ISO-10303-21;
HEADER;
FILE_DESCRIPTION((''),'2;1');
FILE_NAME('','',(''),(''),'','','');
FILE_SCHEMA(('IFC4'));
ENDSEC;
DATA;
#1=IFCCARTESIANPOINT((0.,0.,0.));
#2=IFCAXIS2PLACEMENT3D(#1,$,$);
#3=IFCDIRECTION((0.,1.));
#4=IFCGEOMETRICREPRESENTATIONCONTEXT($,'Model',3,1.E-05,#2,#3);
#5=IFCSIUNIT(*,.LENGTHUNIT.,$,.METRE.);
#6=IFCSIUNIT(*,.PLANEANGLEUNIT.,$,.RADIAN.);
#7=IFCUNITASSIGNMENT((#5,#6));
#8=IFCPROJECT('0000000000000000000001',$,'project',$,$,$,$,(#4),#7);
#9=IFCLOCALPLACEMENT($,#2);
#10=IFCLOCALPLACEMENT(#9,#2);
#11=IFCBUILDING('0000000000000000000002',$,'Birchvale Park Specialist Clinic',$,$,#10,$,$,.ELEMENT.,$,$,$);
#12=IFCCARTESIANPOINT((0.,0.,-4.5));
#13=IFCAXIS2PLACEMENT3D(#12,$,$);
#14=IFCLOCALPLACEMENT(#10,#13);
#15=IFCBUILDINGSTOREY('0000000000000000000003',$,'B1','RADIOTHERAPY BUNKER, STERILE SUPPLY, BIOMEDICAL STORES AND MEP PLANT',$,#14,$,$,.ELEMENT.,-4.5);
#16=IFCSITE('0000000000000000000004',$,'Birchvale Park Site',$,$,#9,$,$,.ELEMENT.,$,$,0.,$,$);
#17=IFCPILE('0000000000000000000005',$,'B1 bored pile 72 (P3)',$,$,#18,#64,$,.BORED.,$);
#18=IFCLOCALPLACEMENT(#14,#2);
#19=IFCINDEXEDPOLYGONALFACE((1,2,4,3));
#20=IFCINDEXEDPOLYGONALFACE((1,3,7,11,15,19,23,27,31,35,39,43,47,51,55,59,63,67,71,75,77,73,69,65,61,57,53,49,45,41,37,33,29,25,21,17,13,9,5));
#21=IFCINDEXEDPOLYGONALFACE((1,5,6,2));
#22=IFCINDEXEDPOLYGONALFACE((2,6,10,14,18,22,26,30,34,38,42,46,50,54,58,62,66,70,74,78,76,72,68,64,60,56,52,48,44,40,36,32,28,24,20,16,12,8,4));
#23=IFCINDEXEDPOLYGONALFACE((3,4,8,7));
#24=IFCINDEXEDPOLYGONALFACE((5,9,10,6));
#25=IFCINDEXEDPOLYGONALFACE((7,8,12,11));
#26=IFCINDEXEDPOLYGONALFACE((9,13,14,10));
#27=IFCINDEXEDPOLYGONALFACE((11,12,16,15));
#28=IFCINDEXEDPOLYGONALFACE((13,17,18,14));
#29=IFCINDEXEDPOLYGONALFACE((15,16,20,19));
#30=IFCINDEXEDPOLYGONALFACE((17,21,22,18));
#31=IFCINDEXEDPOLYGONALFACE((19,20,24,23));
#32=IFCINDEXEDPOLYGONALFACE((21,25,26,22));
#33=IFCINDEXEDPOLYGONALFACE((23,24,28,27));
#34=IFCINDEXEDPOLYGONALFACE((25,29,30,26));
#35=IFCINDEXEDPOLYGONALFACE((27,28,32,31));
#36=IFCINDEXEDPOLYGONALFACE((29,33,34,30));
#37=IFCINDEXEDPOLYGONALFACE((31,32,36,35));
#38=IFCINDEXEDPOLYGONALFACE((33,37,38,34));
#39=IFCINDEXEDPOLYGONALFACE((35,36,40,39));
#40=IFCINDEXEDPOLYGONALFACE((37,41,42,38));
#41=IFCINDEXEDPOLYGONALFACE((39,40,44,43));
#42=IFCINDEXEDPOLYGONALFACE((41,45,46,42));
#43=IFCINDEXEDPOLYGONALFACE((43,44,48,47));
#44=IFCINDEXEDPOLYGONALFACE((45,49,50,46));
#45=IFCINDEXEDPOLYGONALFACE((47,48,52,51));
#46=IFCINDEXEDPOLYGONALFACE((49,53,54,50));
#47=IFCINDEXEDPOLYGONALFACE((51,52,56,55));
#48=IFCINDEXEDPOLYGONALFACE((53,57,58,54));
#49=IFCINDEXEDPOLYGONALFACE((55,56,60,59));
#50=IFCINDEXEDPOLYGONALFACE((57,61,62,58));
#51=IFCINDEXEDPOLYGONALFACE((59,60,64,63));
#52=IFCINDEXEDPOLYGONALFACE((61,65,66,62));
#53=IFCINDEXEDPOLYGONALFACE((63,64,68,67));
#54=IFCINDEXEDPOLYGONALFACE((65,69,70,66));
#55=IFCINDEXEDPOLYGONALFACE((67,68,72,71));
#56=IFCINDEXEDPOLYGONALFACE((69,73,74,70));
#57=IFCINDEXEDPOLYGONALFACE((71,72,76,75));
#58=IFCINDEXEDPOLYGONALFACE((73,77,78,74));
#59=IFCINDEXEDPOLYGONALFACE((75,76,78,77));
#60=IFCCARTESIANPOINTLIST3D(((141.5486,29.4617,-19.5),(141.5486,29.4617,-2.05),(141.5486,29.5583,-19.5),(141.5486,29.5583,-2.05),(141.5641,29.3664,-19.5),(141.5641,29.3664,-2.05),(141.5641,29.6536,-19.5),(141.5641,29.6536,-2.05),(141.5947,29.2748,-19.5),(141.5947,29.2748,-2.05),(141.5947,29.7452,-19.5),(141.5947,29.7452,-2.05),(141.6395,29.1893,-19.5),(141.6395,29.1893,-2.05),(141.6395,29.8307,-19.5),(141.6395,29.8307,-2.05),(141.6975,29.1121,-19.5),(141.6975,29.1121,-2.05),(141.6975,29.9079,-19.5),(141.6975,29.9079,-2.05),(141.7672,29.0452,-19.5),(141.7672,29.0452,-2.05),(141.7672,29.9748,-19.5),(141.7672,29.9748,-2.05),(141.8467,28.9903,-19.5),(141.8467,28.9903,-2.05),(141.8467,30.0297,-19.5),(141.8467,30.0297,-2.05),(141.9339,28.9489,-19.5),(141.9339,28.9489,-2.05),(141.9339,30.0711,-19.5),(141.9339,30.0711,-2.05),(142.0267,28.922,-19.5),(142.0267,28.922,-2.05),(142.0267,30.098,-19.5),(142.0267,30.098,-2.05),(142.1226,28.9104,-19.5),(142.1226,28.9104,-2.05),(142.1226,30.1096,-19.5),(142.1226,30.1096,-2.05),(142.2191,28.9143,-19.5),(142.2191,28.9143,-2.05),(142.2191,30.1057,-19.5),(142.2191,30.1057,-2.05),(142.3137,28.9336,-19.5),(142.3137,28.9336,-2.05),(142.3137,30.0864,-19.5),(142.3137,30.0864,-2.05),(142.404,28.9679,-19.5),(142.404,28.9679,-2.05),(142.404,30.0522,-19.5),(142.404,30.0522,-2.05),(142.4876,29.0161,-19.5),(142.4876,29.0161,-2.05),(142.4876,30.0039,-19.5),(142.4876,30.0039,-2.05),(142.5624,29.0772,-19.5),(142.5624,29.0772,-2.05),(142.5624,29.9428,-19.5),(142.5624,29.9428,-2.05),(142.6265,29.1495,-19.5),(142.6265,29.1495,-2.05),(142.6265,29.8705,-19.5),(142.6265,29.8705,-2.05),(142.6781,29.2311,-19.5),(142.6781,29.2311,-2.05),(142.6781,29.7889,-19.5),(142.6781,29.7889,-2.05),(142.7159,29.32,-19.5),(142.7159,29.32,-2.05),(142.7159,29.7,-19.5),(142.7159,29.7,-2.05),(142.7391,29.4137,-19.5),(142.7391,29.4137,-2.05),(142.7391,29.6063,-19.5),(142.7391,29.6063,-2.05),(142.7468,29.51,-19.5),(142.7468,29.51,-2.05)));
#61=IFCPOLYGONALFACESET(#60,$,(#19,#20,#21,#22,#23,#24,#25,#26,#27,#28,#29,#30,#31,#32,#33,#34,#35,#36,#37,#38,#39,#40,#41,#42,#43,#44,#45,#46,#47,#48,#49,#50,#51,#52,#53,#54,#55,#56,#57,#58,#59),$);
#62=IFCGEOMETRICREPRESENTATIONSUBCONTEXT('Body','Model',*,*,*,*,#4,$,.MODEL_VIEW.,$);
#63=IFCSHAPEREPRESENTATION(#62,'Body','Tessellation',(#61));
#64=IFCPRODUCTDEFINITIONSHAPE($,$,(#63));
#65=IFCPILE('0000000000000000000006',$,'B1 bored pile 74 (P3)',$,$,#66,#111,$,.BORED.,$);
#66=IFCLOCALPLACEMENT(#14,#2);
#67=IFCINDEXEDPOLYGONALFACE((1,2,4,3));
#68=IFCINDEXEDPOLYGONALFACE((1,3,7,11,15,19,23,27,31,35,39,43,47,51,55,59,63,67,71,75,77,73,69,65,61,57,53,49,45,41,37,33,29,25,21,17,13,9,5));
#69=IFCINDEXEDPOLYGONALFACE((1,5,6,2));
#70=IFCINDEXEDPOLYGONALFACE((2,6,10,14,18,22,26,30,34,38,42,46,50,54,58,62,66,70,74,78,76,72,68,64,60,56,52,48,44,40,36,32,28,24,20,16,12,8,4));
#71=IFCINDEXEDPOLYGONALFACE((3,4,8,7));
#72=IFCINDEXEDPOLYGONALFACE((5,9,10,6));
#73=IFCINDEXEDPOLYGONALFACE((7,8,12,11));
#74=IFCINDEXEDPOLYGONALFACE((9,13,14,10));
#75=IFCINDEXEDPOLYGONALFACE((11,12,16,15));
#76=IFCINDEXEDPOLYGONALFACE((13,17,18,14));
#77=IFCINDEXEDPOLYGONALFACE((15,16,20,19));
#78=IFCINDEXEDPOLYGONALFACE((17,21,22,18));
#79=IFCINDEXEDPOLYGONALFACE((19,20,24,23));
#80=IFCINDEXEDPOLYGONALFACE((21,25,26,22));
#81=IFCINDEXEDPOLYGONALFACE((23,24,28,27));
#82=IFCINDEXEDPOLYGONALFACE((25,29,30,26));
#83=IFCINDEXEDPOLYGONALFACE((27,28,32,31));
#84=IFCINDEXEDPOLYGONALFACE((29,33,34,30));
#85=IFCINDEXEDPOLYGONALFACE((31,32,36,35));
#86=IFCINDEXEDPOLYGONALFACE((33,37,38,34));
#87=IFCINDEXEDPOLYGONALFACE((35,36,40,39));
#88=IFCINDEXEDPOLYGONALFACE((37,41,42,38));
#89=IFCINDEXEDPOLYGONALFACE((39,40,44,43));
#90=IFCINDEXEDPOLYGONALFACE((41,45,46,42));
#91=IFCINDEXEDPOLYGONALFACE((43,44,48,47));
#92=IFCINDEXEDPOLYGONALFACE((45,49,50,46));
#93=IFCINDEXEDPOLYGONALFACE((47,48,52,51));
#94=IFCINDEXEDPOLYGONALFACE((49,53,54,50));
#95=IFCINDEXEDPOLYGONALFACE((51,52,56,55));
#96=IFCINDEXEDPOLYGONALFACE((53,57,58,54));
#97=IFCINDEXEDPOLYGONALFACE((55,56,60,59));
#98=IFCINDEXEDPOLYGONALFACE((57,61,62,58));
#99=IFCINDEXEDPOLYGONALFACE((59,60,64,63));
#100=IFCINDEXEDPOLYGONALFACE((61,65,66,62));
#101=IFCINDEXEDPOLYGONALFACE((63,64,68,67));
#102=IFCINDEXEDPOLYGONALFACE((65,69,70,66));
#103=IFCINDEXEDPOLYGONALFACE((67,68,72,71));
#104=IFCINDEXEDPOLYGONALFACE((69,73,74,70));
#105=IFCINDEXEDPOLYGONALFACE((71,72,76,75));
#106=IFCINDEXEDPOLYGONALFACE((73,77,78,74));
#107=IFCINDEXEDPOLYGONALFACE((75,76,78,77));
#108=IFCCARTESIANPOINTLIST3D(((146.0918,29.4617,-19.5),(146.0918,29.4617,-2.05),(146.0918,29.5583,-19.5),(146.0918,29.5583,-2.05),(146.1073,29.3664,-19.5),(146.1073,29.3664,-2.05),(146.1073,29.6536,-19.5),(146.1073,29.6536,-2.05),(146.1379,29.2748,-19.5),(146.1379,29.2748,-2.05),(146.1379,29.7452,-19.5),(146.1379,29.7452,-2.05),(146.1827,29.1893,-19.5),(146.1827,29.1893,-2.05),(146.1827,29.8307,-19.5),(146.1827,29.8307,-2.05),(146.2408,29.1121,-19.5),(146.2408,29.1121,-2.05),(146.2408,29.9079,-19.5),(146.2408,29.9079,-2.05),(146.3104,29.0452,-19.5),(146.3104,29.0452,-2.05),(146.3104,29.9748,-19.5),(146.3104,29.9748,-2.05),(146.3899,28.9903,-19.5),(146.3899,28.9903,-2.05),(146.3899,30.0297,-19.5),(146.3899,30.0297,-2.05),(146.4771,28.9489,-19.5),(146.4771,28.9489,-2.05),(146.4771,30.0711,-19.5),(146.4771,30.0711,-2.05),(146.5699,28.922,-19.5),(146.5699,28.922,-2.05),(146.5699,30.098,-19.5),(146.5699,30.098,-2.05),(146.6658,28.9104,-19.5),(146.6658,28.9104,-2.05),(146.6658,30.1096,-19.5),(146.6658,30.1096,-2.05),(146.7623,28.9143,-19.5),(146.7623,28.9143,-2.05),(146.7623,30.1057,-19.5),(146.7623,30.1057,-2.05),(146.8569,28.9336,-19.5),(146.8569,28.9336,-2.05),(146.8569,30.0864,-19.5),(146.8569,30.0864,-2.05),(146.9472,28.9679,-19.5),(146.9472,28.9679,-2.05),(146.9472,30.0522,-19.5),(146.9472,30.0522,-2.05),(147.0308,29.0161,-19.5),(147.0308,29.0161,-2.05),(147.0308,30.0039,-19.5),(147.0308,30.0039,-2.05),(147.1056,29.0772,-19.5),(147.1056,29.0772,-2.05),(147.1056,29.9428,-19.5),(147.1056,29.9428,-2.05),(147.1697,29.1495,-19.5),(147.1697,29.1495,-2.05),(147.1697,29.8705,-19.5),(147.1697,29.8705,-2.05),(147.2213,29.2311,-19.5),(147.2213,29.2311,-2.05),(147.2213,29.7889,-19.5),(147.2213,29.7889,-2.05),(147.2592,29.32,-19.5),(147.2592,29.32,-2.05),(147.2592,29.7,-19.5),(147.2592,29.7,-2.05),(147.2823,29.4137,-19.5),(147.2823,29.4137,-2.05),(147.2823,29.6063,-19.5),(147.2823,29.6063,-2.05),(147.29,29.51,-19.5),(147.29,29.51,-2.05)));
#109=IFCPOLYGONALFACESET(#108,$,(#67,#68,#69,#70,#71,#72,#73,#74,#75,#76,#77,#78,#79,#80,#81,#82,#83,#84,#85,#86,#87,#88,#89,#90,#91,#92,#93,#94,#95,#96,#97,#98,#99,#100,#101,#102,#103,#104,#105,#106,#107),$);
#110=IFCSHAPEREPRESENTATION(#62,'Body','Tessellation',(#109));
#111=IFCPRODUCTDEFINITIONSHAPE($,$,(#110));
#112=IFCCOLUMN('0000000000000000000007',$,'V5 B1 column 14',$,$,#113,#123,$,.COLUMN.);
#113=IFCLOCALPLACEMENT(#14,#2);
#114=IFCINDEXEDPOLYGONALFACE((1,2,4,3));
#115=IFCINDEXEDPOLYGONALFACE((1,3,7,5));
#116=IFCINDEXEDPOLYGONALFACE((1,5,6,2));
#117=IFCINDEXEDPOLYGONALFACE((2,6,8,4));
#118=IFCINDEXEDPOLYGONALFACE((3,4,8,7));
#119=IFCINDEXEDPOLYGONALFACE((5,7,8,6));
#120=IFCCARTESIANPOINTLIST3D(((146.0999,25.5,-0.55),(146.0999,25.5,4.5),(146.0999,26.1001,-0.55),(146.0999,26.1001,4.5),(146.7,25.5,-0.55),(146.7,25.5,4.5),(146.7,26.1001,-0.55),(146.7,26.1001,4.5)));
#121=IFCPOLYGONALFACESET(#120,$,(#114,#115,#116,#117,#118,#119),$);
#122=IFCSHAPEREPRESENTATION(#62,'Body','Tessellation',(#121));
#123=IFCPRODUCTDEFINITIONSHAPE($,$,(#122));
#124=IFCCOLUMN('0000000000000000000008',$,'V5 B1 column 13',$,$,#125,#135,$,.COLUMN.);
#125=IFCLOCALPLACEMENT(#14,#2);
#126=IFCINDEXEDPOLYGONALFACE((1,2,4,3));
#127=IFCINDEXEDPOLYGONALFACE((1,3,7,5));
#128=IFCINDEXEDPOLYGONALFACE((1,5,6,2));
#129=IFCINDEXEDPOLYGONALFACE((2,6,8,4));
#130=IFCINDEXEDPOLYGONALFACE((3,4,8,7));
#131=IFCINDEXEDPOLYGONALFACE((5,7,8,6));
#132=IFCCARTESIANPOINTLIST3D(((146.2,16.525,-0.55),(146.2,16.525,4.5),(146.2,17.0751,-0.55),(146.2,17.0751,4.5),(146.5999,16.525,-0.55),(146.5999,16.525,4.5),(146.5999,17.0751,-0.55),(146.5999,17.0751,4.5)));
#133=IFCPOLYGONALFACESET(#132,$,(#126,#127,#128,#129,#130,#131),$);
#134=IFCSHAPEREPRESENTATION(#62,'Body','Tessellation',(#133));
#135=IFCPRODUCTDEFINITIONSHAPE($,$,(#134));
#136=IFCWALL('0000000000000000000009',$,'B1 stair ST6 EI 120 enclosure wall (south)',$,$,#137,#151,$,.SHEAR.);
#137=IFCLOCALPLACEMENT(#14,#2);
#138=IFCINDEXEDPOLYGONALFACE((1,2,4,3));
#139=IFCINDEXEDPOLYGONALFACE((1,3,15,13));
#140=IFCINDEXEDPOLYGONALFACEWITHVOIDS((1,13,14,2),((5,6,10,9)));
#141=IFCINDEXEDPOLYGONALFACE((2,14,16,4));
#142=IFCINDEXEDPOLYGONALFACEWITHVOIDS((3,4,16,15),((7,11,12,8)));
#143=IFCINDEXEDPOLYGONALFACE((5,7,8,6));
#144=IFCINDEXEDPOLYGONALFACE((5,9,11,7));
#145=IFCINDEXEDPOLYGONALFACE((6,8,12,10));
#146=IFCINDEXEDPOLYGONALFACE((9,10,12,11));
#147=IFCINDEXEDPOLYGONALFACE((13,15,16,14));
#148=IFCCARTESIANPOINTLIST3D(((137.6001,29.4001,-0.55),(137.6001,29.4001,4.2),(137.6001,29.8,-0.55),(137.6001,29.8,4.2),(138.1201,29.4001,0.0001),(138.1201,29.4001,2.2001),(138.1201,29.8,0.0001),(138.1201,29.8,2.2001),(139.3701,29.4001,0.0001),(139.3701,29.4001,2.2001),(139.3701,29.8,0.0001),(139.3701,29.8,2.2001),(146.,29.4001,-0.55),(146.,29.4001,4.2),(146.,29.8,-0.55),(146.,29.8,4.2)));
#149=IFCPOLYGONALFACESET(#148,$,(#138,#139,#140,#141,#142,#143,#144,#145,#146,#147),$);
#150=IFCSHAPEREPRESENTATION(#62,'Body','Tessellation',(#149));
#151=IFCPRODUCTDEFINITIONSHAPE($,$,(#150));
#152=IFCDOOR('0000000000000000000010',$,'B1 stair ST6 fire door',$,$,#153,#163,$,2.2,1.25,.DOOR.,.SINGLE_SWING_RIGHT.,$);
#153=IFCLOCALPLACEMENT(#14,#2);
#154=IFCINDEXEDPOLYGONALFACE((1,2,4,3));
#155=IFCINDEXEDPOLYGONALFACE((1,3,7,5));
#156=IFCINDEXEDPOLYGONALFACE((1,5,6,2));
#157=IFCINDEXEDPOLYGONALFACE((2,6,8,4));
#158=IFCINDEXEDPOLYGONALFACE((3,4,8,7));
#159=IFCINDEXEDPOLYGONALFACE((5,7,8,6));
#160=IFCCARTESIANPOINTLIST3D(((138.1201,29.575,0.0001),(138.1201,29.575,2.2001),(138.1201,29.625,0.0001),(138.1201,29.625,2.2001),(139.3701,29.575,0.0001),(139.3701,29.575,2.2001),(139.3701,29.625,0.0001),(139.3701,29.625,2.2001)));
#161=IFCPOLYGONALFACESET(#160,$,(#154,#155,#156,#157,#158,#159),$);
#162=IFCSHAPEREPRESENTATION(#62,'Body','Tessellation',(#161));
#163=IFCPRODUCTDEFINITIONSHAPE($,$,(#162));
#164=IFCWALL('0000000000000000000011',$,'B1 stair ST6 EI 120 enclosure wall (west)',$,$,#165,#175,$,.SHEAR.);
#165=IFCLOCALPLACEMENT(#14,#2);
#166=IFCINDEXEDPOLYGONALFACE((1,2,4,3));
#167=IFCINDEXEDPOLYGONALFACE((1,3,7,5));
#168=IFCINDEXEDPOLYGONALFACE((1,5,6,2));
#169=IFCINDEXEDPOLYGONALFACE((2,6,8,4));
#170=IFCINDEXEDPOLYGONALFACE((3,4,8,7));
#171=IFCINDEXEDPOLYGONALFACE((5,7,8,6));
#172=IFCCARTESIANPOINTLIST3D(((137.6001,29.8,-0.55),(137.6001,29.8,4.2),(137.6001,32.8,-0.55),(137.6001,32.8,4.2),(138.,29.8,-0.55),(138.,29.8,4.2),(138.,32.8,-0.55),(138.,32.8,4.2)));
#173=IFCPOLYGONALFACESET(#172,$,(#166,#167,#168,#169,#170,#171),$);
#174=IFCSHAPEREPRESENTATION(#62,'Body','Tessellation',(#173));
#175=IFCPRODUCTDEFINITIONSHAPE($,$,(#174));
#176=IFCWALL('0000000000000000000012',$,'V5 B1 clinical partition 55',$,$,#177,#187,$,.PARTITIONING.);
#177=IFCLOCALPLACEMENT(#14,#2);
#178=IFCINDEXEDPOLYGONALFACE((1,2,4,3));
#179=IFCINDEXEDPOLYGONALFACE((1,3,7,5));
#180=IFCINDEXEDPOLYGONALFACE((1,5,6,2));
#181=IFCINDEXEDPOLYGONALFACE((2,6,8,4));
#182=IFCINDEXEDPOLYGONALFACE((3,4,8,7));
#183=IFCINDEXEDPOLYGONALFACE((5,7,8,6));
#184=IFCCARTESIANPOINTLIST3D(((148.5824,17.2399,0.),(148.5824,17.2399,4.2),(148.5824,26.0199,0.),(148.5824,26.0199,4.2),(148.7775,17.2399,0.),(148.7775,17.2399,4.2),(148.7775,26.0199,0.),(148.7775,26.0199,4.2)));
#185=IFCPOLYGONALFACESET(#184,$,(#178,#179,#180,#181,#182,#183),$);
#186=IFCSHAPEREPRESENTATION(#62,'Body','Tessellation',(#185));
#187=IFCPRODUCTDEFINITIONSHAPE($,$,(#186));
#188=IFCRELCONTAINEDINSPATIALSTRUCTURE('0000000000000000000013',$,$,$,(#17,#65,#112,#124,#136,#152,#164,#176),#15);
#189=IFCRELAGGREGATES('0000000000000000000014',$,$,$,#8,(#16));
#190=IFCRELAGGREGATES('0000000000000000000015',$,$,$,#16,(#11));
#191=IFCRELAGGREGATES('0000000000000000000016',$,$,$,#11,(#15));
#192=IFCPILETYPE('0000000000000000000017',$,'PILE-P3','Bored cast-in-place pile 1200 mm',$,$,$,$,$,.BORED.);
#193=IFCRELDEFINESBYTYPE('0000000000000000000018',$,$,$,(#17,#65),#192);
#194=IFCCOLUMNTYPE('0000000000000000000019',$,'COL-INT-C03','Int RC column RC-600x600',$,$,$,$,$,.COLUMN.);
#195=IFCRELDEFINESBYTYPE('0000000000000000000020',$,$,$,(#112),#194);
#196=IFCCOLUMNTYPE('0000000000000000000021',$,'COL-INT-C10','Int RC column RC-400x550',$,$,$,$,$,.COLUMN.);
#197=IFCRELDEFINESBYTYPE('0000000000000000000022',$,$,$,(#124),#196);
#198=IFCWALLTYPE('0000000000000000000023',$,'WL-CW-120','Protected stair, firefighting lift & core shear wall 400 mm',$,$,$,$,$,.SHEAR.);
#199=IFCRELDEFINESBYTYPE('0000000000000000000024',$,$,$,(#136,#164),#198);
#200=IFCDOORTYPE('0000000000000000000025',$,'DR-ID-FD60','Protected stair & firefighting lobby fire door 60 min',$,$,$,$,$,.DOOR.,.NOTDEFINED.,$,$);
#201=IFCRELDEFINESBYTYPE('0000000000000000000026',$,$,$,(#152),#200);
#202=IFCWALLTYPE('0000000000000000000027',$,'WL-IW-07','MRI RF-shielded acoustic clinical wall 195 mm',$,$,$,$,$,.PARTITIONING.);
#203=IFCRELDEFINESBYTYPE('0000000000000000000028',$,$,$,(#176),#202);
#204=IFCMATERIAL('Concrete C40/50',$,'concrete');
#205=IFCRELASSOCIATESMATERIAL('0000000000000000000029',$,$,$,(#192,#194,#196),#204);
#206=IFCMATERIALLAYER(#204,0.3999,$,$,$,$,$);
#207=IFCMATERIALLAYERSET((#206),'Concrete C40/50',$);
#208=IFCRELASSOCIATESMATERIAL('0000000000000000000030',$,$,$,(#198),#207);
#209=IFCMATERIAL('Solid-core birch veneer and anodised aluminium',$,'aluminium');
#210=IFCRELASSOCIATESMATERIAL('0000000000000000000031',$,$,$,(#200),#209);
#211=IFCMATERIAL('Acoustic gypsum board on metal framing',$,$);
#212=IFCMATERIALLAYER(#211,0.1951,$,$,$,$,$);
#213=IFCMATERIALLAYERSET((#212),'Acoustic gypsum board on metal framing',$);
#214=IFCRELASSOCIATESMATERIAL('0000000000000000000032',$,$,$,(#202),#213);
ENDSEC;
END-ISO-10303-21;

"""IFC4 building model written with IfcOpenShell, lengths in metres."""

from ifc_helpers import new_model, si_unit, direction, frame, frame_2d, origin, origin_2d, place, context, subcontext, project, spatial, rectangle, circle, extrude, material, layer, layer_set, material_profile, profile_set, type_object, element, fill, save


model = new_model("IFC4")

# Units and contexts
model_context = context("Model", 3, precision=1e-05, world=origin(), true_north=direction((0.0, 1.0)))
body_context = subcontext(model_context, "Body", "Model", "MODEL_VIEW")
ifc_project = project(units=[si_unit("LENGTHUNIT", "METRE"), si_unit("PLANEANGLEUNIT", "RADIAN")], contexts=[model_context])

# Site, building, storey
site_placement = place(None, origin())
site = spatial("IfcSite", under=ifc_project, at=site_placement, Name="Birchvale Park Site", CompositionType="ELEMENT", RefElevation=0.0)
building_placement = place(site_placement, origin())
building = spatial("IfcBuilding", under=site, at=building_placement, Name="Birchvale Park Specialist Clinic", CompositionType="ELEMENT")
storey_placement = place(building_placement, frame((0.0, 0.0, -4.5)))
storey = spatial("IfcBuildingStorey", under=building, at=storey_placement, Name="B1", Description="RADIOTHERAPY BUNKER, STERILE SUPPLY, BIOMEDICAL STORES AND MEP PLANT", CompositionType="ELEMENT", Elevation=-4.5)

# Shared definitions
ifc_material_1 = material(Name="Concrete C40/50", Category="concrete")

# Piles
ifc_material_profile_1 = material_profile(ifc_material_1, circle(Radius=0.6001, at=origin_2d()), Name="PILE-1200")
ifc_profile_set_1 = profile_set([ifc_material_profile_1], Name="Concrete C40/50")
pile_type_1 = type_object("IfcPileType", Name="PILE-P3", Description="Bored cast-in-place pile 1200 mm", PredefinedType="BORED", material=ifc_profile_set_1)
for number, where, z_axis, x_axis, name in (
    (1, (142.1467, 29.51, -2.05), (0.0, 0.0, -1.0), (1.0, 0.0, 0.0), "B1 bored pile 72 (P3)"),
    (2, (146.6899, 29.51, -2.05), (0.0, 0.0, -1.0), (1.0, 0.0, 0.0), "B1 bored pile 74 (P3)"),
):
    element("IfcPile", number, at=place(storey_placement, frame(where, z_axis=z_axis, x_axis=x_axis)), inside=storey, type_object=pile_type_1, Name=name, PredefinedType="BORED", context=body_context, shape_type="SweptSolid", body=[
        extrude(circle(Radius=0.6001, at=origin_2d()), origin(), (0.0, 0.0, 1.0), 17.45),
    ])

# Columns
ifc_material_profile_2 = material_profile(ifc_material_1, rectangle(XDim=0.6001, YDim=0.6001, at=origin_2d()), Name="RC-600x600")
ifc_profile_set_2 = profile_set([ifc_material_profile_2], Name="Concrete C40/50")
column_type_1 = type_object("IfcColumnType", Name="COL-INT-C03", Description="Int RC column RC-600x600", PredefinedType="COLUMN", material=ifc_profile_set_2)
column_1_placement = place(storey_placement, frame((146.3999, 25.8, -0.55), z_axis=(0.0, 0.0, 1.0), x_axis=(1.0, 0.0, 0.0)))
element("IfcColumn", 3, at=column_1_placement, inside=storey, type_object=column_type_1, Name="V5 B1 column 14", PredefinedType="COLUMN", context=body_context, shape_type="SweptSolid", body=[
    extrude(rectangle(XDim=0.6001, YDim=0.6001, at=origin_2d()), origin(), (0.0, 0.0, 1.0), 5.05),
])
ifc_material_profile_3 = material_profile(ifc_material_1, rectangle(XDim=0.3999, YDim=0.55, at=origin_2d()), Name="RC-400x550")
ifc_profile_set_3 = profile_set([ifc_material_profile_3], Name="Concrete C40/50")
column_type_2 = type_object("IfcColumnType", Name="COL-INT-C10", Description="Int RC column RC-400x550", PredefinedType="COLUMN", material=ifc_profile_set_3)
column_2_placement = place(storey_placement, frame((146.3999, 16.8, -0.55), z_axis=(0.0, 0.0, 1.0), x_axis=(1.0, 0.0, 0.0)))
element("IfcColumn", 4, at=column_2_placement, inside=storey, type_object=column_type_2, Name="V5 B1 column 13", PredefinedType="COLUMN", context=body_context, shape_type="SweptSolid", body=[
    extrude(rectangle(XDim=0.3999, YDim=0.55, at=origin_2d()), origin(), (0.0, 0.0, 1.0), 5.05),
])

# Wall, opening, door
ifc_layer_1 = layer(ifc_material_1, 0.3999)
ifc_layer_set_1 = layer_set([ifc_layer_1], Name="Concrete C40/50")
wall_type_1 = type_object("IfcWallType", Name="WL-CW-120", Description="Protected stair, firefighting lift & core shear wall 400 mm", PredefinedType="SHEAR", material=ifc_layer_set_1)
wall_1_placement = place(storey_placement, frame((137.6001, 29.6001, -0.55), z_axis=(0.0, 0.0, 1.0), x_axis=(1.0, 0.0, 0.0)))
wall_1 = element("IfcWall", 5, at=wall_1_placement, inside=storey, type_object=wall_type_1, Name="B1 stair ST6 EI 120 enclosure wall (south)", PredefinedType="SHEAR", context=body_context, shape_type="SweptSolid", body=[
    extrude(rectangle(XDim=8.3999, YDim=0.3999, at=frame_2d((4.2, 0.0))), origin(), (0.0, 0.0, 1.0), 4.75),
])
opening_1_placement = place(wall_1_placement, frame((0.52, 0.0, 0.55)))
opening_1 = element("IfcOpeningElement", 6, at=opening_1_placement, cuts=wall_1, PredefinedType="OPENING", context=body_context, shape_type="SweptSolid", body=[
    extrude(rectangle(XDim=1.25, YDim=2.2, at=frame_2d((0.625, 1.1001))), frame((0.0, 0.21, 0.0), z_axis=(0.0, -1.0, 0.0), x_axis=(1.0, 0.0, 0.0)), (0.0, 0.0, 1.0), 0.4199),
])
ifc_material_2 = material(Name="Solid-core birch veneer and anodised aluminium", Category="aluminium")
door_type_1 = type_object("IfcDoorType", Name="DR-ID-FD60", Description="Protected stair & firefighting lobby fire door 60 min", OperationType="NOTDEFINED", PredefinedType="DOOR", material=ifc_material_2)
door_1_placement = place(opening_1_placement, origin())
door_1 = element("IfcDoor", 7, at=door_1_placement, inside=storey, type_object=door_type_1, Name="B1 stair ST6 fire door", OperationType="SINGLE_SWING_RIGHT", OverallHeight=2.2, OverallWidth=1.25, PredefinedType="DOOR", context=body_context, shape_type="SweptSolid", body=[
    extrude(rectangle(XDim=1.25, YDim=2.2, at=frame_2d((0.625, 1.1001))), frame((0.0, 0.0249, 0.0), z_axis=(0.0, -1.0, 0.0), x_axis=(1.0, 0.0, 0.0)), (0.0, 0.0, 1.0), 0.05),
])
fill(opening_1, door_1)

# Walls
wall_2_placement = place(storey_placement, frame((137.8, 29.8, -0.55), z_axis=(0.0, 0.0, 1.0), x_axis=(0.0, 1.0, 0.0)))
element("IfcWall", 8, at=wall_2_placement, inside=storey, type_object=wall_type_1, Name="B1 stair ST6 EI 120 enclosure wall (west)", PredefinedType="SHEAR", context=body_context, shape_type="SweptSolid", body=[
    extrude(rectangle(XDim=3.0, YDim=0.3999, at=frame_2d((1.5, 0.0))), origin(), (0.0, 0.0, 1.0), 4.75),
])
ifc_material_3 = material(Name="Acoustic gypsum board on metal framing")
ifc_layer_2 = layer(ifc_material_3, 0.1951)
ifc_layer_set_2 = layer_set([ifc_layer_2], Name="Acoustic gypsum board on metal framing")
wall_type_2 = type_object("IfcWallType", Name="WL-IW-07", Description="MRI RF-shielded acoustic clinical wall 195 mm", PredefinedType="PARTITIONING", material=ifc_layer_set_2)
wall_3_placement = place(storey_placement, frame((148.6799, 26.02, 0.0), z_axis=(0.0, 0.0, 1.0), x_axis=(0.0, -1.0, 0.0)))
element("IfcWall", 9, at=wall_3_placement, inside=storey, type_object=wall_type_2, Name="V5 B1 clinical partition 55", PredefinedType="PARTITIONING", context=body_context, shape_type="SweptSolid", body=[
    extrude(rectangle(XDim=8.78, YDim=0.1951, at=frame_2d((4.3901, 0.0))), origin(), (0.0, 0.0, 1.0), 4.2),
])

save(model, "model.ifc")
